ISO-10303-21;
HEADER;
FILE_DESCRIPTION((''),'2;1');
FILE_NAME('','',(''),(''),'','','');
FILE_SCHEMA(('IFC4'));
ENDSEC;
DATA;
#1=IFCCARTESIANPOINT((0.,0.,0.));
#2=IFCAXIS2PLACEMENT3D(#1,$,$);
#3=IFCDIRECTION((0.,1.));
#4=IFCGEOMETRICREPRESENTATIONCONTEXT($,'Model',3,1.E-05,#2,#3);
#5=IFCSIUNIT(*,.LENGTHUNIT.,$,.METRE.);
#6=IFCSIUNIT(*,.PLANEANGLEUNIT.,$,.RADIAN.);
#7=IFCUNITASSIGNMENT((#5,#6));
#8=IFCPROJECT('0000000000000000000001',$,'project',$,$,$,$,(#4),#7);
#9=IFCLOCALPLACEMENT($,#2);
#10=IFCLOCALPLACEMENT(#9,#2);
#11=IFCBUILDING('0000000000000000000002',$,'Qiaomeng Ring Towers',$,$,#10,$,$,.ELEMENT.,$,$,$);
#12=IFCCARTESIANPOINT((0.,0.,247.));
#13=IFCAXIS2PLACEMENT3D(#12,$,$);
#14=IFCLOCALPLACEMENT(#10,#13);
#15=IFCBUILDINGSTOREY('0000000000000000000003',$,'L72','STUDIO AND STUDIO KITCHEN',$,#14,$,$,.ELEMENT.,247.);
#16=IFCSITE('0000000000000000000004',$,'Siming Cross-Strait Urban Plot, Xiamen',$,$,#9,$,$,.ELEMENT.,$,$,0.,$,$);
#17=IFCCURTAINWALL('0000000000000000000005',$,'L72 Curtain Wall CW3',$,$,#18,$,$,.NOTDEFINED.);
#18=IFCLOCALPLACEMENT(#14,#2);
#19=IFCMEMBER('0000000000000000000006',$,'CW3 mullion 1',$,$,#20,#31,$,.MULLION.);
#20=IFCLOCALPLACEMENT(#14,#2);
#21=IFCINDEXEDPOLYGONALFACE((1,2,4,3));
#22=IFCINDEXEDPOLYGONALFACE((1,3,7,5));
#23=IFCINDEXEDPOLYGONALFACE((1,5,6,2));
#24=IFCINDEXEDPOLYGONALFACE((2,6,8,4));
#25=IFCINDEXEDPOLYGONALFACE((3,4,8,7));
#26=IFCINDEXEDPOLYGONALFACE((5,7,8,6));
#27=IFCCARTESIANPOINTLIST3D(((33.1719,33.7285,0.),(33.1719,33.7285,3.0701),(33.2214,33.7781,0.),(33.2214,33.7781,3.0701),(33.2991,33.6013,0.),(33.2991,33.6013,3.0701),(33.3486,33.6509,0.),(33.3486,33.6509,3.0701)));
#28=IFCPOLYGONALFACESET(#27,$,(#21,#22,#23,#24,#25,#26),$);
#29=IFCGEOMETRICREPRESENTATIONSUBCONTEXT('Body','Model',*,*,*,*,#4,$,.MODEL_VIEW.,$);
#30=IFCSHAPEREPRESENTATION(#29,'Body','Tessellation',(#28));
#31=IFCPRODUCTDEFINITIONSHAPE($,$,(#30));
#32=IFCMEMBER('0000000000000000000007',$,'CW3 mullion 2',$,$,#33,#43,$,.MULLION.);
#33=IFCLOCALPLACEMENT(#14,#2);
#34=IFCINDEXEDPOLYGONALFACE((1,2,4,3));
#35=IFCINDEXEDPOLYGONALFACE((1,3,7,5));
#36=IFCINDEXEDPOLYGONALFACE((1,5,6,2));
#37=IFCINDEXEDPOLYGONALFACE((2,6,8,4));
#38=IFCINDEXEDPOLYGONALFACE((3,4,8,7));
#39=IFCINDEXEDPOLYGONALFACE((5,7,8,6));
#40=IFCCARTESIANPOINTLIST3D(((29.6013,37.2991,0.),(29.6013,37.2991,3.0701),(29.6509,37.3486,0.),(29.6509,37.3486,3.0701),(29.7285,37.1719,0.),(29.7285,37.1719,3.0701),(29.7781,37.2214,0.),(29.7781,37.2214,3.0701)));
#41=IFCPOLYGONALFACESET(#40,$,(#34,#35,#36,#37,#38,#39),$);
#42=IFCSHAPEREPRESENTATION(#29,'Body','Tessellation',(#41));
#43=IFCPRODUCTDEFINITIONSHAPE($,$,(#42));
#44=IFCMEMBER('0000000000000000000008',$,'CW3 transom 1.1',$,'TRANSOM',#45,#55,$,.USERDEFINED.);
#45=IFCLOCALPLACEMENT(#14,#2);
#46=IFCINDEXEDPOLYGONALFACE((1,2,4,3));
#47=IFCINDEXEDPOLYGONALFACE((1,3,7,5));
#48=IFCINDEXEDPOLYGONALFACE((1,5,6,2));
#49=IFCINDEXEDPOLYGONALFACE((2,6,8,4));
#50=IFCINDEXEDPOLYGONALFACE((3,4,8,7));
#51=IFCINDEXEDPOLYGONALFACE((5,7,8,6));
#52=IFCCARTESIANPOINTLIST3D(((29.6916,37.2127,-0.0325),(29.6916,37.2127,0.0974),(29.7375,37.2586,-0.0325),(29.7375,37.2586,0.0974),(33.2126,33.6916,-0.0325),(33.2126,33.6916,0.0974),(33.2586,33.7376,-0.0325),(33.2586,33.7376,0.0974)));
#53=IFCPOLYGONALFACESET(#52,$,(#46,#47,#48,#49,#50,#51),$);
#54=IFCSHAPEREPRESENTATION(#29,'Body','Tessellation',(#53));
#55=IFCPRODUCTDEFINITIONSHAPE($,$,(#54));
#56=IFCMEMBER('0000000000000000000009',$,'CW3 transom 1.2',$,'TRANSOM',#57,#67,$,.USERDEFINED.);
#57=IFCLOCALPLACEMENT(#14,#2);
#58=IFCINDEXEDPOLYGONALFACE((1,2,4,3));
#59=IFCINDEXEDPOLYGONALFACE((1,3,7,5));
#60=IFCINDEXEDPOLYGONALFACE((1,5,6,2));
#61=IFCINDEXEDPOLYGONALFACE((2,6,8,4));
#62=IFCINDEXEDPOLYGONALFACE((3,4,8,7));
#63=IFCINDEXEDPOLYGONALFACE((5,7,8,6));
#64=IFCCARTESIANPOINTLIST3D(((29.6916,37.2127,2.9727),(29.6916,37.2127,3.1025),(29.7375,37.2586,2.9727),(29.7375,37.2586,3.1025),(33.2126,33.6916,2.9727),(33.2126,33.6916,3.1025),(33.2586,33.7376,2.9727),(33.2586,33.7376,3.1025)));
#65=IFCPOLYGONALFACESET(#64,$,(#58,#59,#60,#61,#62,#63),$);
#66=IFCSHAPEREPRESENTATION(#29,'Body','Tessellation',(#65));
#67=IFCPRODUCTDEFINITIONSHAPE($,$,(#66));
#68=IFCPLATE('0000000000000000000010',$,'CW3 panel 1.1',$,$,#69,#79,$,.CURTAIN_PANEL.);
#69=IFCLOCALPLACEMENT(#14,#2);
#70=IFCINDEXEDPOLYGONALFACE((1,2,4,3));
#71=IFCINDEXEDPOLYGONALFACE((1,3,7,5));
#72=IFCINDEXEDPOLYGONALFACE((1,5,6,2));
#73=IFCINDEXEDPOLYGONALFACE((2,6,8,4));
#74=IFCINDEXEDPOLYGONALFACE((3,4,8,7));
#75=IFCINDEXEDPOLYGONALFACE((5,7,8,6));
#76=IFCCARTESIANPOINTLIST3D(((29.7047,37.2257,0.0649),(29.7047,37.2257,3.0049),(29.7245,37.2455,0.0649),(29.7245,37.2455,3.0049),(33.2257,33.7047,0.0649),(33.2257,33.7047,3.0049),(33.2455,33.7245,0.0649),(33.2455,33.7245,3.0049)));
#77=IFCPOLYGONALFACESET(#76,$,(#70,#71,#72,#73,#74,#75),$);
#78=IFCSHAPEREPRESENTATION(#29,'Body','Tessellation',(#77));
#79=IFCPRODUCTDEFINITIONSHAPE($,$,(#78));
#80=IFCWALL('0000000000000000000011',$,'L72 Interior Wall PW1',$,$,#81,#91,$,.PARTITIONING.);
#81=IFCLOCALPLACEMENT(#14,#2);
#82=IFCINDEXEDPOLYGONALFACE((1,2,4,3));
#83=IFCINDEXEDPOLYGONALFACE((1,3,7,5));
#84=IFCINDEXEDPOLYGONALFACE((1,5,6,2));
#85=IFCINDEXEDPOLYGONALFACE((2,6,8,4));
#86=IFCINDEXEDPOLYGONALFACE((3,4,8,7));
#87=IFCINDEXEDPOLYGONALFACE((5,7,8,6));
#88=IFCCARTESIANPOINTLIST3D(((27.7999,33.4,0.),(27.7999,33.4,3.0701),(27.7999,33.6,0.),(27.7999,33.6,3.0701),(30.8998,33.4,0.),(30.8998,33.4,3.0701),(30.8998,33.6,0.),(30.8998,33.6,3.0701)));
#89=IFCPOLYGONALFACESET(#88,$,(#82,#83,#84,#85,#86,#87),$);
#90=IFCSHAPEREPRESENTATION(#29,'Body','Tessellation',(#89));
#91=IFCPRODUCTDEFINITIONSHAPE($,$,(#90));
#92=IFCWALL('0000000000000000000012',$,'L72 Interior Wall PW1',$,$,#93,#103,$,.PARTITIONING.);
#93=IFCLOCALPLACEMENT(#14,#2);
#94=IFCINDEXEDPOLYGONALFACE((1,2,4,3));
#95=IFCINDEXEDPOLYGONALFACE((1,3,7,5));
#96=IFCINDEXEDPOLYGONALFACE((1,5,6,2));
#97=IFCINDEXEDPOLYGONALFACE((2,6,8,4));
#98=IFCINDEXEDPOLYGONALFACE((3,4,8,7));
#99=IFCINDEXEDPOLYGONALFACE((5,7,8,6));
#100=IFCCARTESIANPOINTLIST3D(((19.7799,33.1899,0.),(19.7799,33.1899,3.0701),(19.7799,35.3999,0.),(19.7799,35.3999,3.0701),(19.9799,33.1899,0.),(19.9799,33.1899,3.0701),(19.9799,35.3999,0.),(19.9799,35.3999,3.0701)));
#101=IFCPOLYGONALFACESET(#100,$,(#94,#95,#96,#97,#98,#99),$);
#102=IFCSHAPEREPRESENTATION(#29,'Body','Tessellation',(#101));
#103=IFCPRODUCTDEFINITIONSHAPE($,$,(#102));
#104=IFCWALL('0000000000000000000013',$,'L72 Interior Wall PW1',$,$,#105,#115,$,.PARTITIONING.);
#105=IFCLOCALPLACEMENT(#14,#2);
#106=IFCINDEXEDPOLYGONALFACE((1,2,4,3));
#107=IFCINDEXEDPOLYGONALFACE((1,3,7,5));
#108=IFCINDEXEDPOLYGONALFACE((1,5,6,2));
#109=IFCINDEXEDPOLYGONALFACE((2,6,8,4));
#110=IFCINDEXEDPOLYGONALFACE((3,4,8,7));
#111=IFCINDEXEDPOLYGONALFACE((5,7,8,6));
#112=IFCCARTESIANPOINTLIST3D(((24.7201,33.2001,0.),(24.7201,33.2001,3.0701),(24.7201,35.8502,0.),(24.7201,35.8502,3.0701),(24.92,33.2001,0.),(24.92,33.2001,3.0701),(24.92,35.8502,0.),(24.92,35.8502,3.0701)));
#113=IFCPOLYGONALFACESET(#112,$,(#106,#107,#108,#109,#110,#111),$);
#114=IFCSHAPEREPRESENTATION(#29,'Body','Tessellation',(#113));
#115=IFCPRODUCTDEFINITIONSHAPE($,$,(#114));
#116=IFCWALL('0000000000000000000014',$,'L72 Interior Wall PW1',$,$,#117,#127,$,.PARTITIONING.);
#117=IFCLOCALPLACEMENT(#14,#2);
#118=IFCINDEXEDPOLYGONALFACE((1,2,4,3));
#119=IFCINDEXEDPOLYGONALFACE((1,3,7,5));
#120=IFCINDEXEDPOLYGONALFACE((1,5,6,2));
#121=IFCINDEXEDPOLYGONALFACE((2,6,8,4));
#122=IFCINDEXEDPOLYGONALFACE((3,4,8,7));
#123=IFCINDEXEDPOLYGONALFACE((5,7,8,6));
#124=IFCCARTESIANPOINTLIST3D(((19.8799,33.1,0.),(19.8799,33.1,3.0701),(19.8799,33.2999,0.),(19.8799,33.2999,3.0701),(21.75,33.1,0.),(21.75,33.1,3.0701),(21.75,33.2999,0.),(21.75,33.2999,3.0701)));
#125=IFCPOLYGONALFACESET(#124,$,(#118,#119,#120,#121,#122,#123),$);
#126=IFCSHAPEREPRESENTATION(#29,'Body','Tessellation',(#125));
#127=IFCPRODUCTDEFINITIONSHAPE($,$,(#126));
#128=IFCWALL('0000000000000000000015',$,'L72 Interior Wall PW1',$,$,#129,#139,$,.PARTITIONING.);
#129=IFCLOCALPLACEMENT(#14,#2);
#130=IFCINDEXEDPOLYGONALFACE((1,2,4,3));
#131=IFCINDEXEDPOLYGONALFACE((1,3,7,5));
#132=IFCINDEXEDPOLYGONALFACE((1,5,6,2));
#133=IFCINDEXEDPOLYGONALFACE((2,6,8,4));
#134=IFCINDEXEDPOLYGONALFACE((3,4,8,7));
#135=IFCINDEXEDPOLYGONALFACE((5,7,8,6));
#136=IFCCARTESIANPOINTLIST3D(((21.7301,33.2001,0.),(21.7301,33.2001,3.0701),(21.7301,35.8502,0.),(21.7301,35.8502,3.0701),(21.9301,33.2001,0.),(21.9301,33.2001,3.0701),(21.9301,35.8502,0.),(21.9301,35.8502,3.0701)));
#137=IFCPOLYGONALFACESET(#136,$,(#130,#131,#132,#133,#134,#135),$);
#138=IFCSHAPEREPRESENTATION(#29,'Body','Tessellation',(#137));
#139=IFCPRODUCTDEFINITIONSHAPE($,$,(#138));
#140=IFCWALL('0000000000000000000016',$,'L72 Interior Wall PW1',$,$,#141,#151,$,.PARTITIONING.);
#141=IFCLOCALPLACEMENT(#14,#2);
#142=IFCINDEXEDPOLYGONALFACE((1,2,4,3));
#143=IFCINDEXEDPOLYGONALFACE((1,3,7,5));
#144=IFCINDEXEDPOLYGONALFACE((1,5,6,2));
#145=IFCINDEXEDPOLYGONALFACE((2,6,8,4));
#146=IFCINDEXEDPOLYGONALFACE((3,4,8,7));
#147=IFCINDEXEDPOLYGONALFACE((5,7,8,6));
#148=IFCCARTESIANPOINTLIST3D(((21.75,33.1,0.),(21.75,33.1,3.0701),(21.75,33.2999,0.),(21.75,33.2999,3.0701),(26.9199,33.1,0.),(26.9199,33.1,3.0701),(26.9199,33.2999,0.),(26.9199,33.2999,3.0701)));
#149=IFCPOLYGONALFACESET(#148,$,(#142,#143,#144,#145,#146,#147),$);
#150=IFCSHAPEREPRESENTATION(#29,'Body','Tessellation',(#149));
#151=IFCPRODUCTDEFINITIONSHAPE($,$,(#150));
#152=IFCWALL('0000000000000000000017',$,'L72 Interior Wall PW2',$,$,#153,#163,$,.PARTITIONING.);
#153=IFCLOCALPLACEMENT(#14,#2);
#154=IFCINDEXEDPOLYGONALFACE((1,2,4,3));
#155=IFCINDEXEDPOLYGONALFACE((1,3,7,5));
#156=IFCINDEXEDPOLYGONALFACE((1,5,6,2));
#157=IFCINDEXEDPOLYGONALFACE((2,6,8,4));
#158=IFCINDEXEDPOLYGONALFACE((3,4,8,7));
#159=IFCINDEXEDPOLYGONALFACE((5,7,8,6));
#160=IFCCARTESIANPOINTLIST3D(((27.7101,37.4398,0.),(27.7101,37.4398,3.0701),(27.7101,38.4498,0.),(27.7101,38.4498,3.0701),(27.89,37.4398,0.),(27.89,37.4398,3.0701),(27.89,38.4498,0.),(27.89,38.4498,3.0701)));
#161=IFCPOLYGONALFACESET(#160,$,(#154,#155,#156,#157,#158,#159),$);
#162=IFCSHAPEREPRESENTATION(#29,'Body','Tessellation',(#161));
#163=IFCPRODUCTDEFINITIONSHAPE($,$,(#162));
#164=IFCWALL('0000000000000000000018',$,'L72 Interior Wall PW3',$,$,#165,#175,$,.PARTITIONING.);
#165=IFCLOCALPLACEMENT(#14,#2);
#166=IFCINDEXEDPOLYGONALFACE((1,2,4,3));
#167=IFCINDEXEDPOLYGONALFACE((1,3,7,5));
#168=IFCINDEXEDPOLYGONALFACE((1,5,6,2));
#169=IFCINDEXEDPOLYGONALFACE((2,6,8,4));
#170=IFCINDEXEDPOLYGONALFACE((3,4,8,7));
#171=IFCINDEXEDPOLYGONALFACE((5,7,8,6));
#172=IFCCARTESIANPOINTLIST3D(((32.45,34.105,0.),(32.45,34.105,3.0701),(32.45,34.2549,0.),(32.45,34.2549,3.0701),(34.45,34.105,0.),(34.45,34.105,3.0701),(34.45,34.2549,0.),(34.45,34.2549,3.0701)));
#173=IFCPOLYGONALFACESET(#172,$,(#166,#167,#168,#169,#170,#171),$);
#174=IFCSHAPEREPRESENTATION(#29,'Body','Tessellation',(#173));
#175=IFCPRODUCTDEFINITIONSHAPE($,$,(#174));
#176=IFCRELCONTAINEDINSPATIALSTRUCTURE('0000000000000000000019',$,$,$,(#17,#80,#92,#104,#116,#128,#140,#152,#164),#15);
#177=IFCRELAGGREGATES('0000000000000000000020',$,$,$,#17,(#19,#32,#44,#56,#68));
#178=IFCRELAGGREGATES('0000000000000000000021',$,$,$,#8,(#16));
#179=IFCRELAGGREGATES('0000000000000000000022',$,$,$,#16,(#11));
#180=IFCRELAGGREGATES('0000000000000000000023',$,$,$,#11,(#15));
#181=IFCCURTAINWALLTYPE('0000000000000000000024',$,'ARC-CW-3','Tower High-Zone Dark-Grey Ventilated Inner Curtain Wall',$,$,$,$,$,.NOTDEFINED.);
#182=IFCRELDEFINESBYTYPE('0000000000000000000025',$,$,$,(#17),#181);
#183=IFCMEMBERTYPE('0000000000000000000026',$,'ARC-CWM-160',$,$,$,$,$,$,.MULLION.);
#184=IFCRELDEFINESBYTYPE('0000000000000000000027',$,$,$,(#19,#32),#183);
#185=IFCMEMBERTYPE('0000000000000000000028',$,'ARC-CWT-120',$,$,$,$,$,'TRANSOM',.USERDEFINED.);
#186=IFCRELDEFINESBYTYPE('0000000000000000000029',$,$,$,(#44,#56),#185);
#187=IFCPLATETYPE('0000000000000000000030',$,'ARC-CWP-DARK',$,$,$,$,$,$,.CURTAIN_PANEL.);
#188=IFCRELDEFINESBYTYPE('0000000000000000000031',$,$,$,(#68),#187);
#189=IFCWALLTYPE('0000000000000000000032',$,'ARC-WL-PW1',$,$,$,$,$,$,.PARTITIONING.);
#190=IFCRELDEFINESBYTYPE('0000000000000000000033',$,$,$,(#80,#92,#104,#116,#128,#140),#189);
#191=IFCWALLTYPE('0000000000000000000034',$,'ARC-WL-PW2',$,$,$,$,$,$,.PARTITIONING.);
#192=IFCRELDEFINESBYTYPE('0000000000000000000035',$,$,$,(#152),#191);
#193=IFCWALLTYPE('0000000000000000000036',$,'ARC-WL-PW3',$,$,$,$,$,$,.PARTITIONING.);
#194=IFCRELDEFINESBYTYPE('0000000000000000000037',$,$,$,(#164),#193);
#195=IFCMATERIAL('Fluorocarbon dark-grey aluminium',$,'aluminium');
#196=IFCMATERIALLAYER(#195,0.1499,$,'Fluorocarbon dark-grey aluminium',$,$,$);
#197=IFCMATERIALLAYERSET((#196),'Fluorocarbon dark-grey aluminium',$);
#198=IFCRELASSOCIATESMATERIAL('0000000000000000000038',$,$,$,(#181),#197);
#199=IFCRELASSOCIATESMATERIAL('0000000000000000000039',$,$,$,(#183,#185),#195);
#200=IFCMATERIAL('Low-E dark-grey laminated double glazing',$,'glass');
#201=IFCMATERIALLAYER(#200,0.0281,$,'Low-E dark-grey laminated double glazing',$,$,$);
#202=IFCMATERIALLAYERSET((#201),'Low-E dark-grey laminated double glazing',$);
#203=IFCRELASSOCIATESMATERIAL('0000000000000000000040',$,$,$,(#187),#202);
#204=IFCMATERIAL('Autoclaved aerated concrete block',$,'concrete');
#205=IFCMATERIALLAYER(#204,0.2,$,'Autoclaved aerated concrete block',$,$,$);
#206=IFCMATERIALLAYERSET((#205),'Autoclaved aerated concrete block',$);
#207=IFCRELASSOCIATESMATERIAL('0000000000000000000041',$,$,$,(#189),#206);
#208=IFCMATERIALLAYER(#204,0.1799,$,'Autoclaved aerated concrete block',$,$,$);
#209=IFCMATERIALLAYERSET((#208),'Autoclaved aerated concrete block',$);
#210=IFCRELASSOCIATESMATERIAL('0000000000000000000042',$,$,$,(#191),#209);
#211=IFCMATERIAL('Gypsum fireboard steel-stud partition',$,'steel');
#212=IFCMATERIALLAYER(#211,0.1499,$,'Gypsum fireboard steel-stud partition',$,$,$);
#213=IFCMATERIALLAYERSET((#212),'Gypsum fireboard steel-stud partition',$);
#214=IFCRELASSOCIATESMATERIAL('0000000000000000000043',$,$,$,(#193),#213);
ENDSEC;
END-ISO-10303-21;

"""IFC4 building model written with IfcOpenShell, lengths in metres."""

from ifc_helpers import new_model, si_unit, direction, frame, frame_2d, origin, origin_2d, place, context, subcontext, project, spatial, rectangle, extrude, source, transform, mapped, material, layer, layer_set, material_profile, profile_set, type_object, element, aggregate, save


model = new_model("IFC4")

# Units and contexts
model_context = context("Model", 3, precision=1e-05, world=origin(), true_north=direction((0.0, 1.0)))
body_context = subcontext(model_context, "Body", "Model", "MODEL_VIEW")
ifc_project = project(units=[si_unit("LENGTHUNIT", "METRE"), si_unit("PLANEANGLEUNIT", "RADIAN")], contexts=[model_context])

# Site, building, storey
site_placement = place(None, origin())
site = spatial("IfcSite", under=ifc_project, at=site_placement, Name="Siming Cross-Strait Urban Plot, Xiamen", CompositionType="ELEMENT", RefElevation=0.0)
building_placement = place(site_placement, origin())
building = spatial("IfcBuilding", under=site, at=building_placement, Name="Qiaomeng Ring Towers", CompositionType="ELEMENT")
storey_placement = place(building_placement, frame((0.0, 0.0, 247.0)))
storey = spatial("IfcBuildingStorey", under=building, at=storey_placement, Name="L72", Description="STUDIO AND STUDIO KITCHEN", CompositionType="ELEMENT", Elevation=247.0)

# Curtain wall, members, plate
ifc_material_1 = material(Name="Fluorocarbon dark-grey aluminium", Category="aluminium")
ifc_layer_1 = layer(ifc_material_1, 0.1499, Name="Fluorocarbon dark-grey aluminium")
ifc_layer_set_1 = layer_set([ifc_layer_1], Name="Fluorocarbon dark-grey aluminium")
curtain_wall_type = type_object("IfcCurtainWallType", Name="ARC-CW-3", Description="Tower High-Zone Dark-Grey Ventilated Inner Curtain Wall", PredefinedType="NOTDEFINED", material=ifc_layer_set_1)
curtain_wall_placement = place(storey_placement, origin())
curtain_wall = element("IfcCurtainWall", 1, at=curtain_wall_placement, inside=storey, type_object=curtain_wall_type, Name="L72 Curtain Wall CW3", PredefinedType="NOTDEFINED")
ifc_material_profile_1 = material_profile(ifc_material_1, rectangle(XDim=0.0701, YDim=0.1799, at=origin_2d()), Name="ALU MULL 70x180")
ifc_profile_set_1 = profile_set([ifc_material_profile_1], Name="Fluorocarbon dark-grey aluminium")
member_type_1 = type_object("IfcMemberType", Name="ARC-CWM-160", PredefinedType="MULLION", material=ifc_profile_set_1)
shared_shape_1 = source(origin(), body_context, "Body", "SweptSolid", [
    extrude(rectangle(XDim=0.0701, YDim=0.1799, at=origin_2d()), origin(), (0.0, 0.0, 1.0), 3.0701),
])
member_1_placement = place(storey_placement, frame((33.2603, 33.6897, 0.0), z_axis=(0.0, 0.0, 1.0), x_axis=(-0.707107, -0.707107, 0.0)))
member_1 = element("IfcMember", 2, at=member_1_placement, type_object=member_type_1, Name="CW3 mullion 1", PredefinedType="MULLION", context=body_context, shape_type="MappedRepresentation", body=[
    mapped(shared_shape_1, transform((0.0, 0.0, 0.0), x_axis=(1.0, 0.0, 0.0), y_axis=(0.0, 1.0, 0.0), z_axis=(0.0, 0.0, 1.0), scale=1.0)),
])
member_2_placement = place(storey_placement, frame((29.6897, 37.2603, 0.0), z_axis=(0.0, 0.0, 1.0), x_axis=(-0.707107, -0.707107, 0.0)))
member_2 = element("IfcMember", 3, at=member_2_placement, type_object=member_type_1, Name="CW3 mullion 2", PredefinedType="MULLION", context=body_context, shape_type="MappedRepresentation", body=[
    mapped(shared_shape_1, transform((0.0, 0.0, 0.0), x_axis=(1.0, 0.0, 0.0), y_axis=(0.0, 1.0, 0.0), z_axis=(0.0, 0.0, 1.0), scale=1.0)),
])
ifc_material_profile_2 = material_profile(ifc_material_1, rectangle(XDim=0.0649, YDim=0.1299, at=origin_2d()), Name="ALU TRAN 65x130")
ifc_profile_set_2 = profile_set([ifc_material_profile_2], Name="Fluorocarbon dark-grey aluminium")
member_type_2 = type_object("IfcMemberType", Name="ARC-CWT-120", ElementType="TRANSOM", PredefinedType="USERDEFINED", material=ifc_profile_set_2)
shared_shape_2 = source(origin(), body_context, "Body", "SweptSolid", [
    extrude(rectangle(XDim=0.0649, YDim=0.1299, at=origin_2d()), origin(), (0.0, 0.0, 1.0), 4.9795),
])
member_3_placement = place(storey_placement, frame((33.2356, 33.7146, 0.0325), z_axis=(-0.707107, 0.707107, 0.0), x_axis=(-0.707107, -0.707107, 0.0)))
member_3 = element("IfcMember", 4, at=member_3_placement, type_object=member_type_2, Name="CW3 transom 1.1", ObjectType="TRANSOM", PredefinedType="USERDEFINED", context=body_context, shape_type="MappedRepresentation", body=[
    mapped(shared_shape_2, transform((0.0, 0.0, 0.0), x_axis=(1.0, 0.0, 0.0), y_axis=(0.0, 1.0, 0.0), z_axis=(0.0, 0.0, 1.0), scale=1.0)),
])
member_4_placement = place(storey_placement, frame((33.2356, 33.7146, 3.0376), z_axis=(-0.707107, 0.707107, 0.0), x_axis=(-0.707107, -0.707107, 0.0)))
member_4 = element("IfcMember", 5, at=member_4_placement, type_object=member_type_2, Name="CW3 transom 1.2", ObjectType="TRANSOM", PredefinedType="USERDEFINED", context=body_context, shape_type="MappedRepresentation", body=[
    mapped(shared_shape_2, transform((0.0, 0.0, 0.0), x_axis=(1.0, 0.0, 0.0), y_axis=(0.0, 1.0, 0.0), z_axis=(0.0, 0.0, 1.0), scale=1.0)),
])
ifc_material_2 = material(Name="Low-E dark-grey laminated double glazing", Category="glass")
ifc_layer_2 = layer(ifc_material_2, 0.0281, Name="Low-E dark-grey laminated double glazing")
ifc_layer_set_2 = layer_set([ifc_layer_2], Name="Low-E dark-grey laminated double glazing")
plate_type = type_object("IfcPlateType", Name="ARC-CWP-DARK", PredefinedType="CURTAIN_PANEL", material=ifc_layer_set_2)
shared_shape_3 = source(origin(), body_context, "Body", "SweptSolid", [
    extrude(rectangle(XDim=4.9795, YDim=0.0281, at=origin_2d()), origin(), (0.0, 0.0, 1.0), 2.9399),
])
plate_placement = place(storey_placement, frame((31.4751, 35.4751, 0.0649), z_axis=(0.0, 0.0, 1.0), x_axis=(-0.707107, 0.707107, 0.0)))
plate = element("IfcPlate", 6, at=plate_placement, type_object=plate_type, Name="CW3 panel 1.1", PredefinedType="CURTAIN_PANEL", context=body_context, shape_type="MappedRepresentation", body=[
    mapped(shared_shape_3, transform((0.0, 0.0, 0.0), x_axis=(1.0, 0.0, 0.0), y_axis=(0.0, 1.0, 0.0), z_axis=(0.0, 0.0, 1.0), scale=1.0)),
])
aggregate(curtain_wall, [member_1, member_2, member_3, member_4, plate])

# Walls
ifc_material_3 = material(Name="Autoclaved aerated concrete block", Category="concrete")
ifc_layer_3 = layer(ifc_material_3, 0.2, Name="Autoclaved aerated concrete block")
ifc_layer_set_3 = layer_set([ifc_layer_3], Name="Autoclaved aerated concrete block")
wall_type_1 = type_object("IfcWallType", Name="ARC-WL-PW1", PredefinedType="PARTITIONING", material=ifc_layer_set_3)
wall_1_placement = place(storey_placement, frame((27.8, 33.5, 0.0), z_axis=(0.0, 0.0, 1.0), x_axis=(1.0, 0.0, 0.0)))
element("IfcWall", 7, at=wall_1_placement, inside=storey, type_object=wall_type_1, Name="L72 Interior Wall PW1", PredefinedType="PARTITIONING", context=body_context, shape_type="SweptSolid", body=[
    extrude(rectangle(XDim=3.0999, YDim=0.2, at=frame_2d((1.5498, 0.0))), origin(), (0.0, 0.0, 1.0), 3.0701),
])
wall_2_placement = place(storey_placement, frame((19.8799, 33.1899, 0.0), z_axis=(0.0, 0.0, 1.0), x_axis=(0.0, 1.0, 0.0)))
element("IfcWall", 8, at=wall_2_placement, inside=storey, type_object=wall_type_1, Name="L72 Interior Wall PW1", PredefinedType="PARTITIONING", context=body_context, shape_type="SweptSolid", body=[
    extrude(rectangle(XDim=2.21, YDim=0.2, at=frame_2d((1.105, 0.0))), origin(), (0.0, 0.0, 1.0), 3.0701),
])
wall_3_placement = place(storey_placement, frame((24.8201, 33.2, 0.0), z_axis=(0.0, 0.0, 1.0), x_axis=(0.0, 1.0, 0.0)))
element("IfcWall", 9, at=wall_3_placement, inside=storey, type_object=wall_type_1, Name="L72 Interior Wall PW1", PredefinedType="PARTITIONING", context=body_context, shape_type="SweptSolid", body=[
    extrude(rectangle(XDim=2.6501, YDim=0.2, at=frame_2d((1.3252, 0.0))), origin(), (0.0, 0.0, 1.0), 3.0701),
])
wall_4_placement = place(storey_placement, frame((19.8799, 33.2, 0.0), z_axis=(0.0, 0.0, 1.0), x_axis=(1.0, 0.0, 0.0)))
element("IfcWall", 10, at=wall_4_placement, inside=storey, type_object=wall_type_1, Name="L72 Interior Wall PW1", PredefinedType="PARTITIONING", context=body_context, shape_type="SweptSolid", body=[
    extrude(rectangle(XDim=1.8701, YDim=0.2, at=frame_2d((0.9351, 0.0))), origin(), (0.0, 0.0, 1.0), 3.0701),
])
wall_5_placement = place(storey_placement, frame((21.8301, 33.2, 0.0), z_axis=(0.0, 0.0, 1.0), x_axis=(0.0, 1.0, 0.0)))
element("IfcWall", 11, at=wall_5_placement, inside=storey, type_object=wall_type_1, Name="L72 Interior Wall PW1", PredefinedType="PARTITIONING", context=body_context, shape_type="SweptSolid", body=[
    extrude(rectangle(XDim=2.6501, YDim=0.2, at=frame_2d((1.3252, 0.0))), origin(), (0.0, 0.0, 1.0), 3.0701),
])
wall_6_placement = place(storey_placement, frame((21.75, 33.2, 0.0), z_axis=(0.0, 0.0, 1.0), x_axis=(1.0, 0.0, 0.0)))
element("IfcWall", 12, at=wall_6_placement, inside=storey, type_object=wall_type_1, Name="L72 Interior Wall PW1", PredefinedType="PARTITIONING", context=body_context, shape_type="SweptSolid", body=[
    extrude(rectangle(XDim=5.1699, YDim=0.2, at=frame_2d((2.585, 0.0))), origin(), (0.0, 0.0, 1.0), 3.0701),
])
ifc_layer_4 = layer(ifc_material_3, 0.1799, Name="Autoclaved aerated concrete block")
ifc_layer_set_4 = layer_set([ifc_layer_4], Name="Autoclaved aerated concrete block")
wall_type_2 = type_object("IfcWallType", Name="ARC-WL-PW2", PredefinedType="PARTITIONING", material=ifc_layer_set_4)
wall_7_placement = place(storey_placement, frame((27.8, 37.4399, 0.0), z_axis=(0.0, 0.0, 1.0), x_axis=(0.0, 1.0, 0.0)))
element("IfcWall", 13, at=wall_7_placement, inside=storey, type_object=wall_type_2, Name="L72 Interior Wall PW2", PredefinedType="PARTITIONING", context=body_context, shape_type="SweptSolid", body=[
    extrude(rectangle(XDim=1.01, YDim=0.1799, at=frame_2d((0.5049, 0.0))), origin(), (0.0, 0.0, 1.0), 3.0701),
])
ifc_material_4 = material(Name="Gypsum fireboard steel-stud partition", Category="steel")
ifc_layer_5 = layer(ifc_material_4, 0.1499, Name="Gypsum fireboard steel-stud partition")
ifc_layer_set_5 = layer_set([ifc_layer_5], Name="Gypsum fireboard steel-stud partition")
wall_type_3 = type_object("IfcWallType", Name="ARC-WL-PW3", PredefinedType="PARTITIONING", material=ifc_layer_set_5)
wall_8_placement = place(storey_placement, frame((32.45, 34.1799, 0.0), z_axis=(0.0, 0.0, 1.0), x_axis=(1.0, 0.0, 0.0)))
element("IfcWall", 14, at=wall_8_placement, inside=storey, type_object=wall_type_3, Name="L72 Interior Wall PW3", PredefinedType="PARTITIONING", context=body_context, shape_type="SweptSolid", body=[
    extrude(rectangle(XDim=2.0, YDim=0.1499, at=frame_2d((1.0, 0.0))), origin(), (0.0, 0.0, 1.0), 3.0701),
])

save(model, "model.ifc")
